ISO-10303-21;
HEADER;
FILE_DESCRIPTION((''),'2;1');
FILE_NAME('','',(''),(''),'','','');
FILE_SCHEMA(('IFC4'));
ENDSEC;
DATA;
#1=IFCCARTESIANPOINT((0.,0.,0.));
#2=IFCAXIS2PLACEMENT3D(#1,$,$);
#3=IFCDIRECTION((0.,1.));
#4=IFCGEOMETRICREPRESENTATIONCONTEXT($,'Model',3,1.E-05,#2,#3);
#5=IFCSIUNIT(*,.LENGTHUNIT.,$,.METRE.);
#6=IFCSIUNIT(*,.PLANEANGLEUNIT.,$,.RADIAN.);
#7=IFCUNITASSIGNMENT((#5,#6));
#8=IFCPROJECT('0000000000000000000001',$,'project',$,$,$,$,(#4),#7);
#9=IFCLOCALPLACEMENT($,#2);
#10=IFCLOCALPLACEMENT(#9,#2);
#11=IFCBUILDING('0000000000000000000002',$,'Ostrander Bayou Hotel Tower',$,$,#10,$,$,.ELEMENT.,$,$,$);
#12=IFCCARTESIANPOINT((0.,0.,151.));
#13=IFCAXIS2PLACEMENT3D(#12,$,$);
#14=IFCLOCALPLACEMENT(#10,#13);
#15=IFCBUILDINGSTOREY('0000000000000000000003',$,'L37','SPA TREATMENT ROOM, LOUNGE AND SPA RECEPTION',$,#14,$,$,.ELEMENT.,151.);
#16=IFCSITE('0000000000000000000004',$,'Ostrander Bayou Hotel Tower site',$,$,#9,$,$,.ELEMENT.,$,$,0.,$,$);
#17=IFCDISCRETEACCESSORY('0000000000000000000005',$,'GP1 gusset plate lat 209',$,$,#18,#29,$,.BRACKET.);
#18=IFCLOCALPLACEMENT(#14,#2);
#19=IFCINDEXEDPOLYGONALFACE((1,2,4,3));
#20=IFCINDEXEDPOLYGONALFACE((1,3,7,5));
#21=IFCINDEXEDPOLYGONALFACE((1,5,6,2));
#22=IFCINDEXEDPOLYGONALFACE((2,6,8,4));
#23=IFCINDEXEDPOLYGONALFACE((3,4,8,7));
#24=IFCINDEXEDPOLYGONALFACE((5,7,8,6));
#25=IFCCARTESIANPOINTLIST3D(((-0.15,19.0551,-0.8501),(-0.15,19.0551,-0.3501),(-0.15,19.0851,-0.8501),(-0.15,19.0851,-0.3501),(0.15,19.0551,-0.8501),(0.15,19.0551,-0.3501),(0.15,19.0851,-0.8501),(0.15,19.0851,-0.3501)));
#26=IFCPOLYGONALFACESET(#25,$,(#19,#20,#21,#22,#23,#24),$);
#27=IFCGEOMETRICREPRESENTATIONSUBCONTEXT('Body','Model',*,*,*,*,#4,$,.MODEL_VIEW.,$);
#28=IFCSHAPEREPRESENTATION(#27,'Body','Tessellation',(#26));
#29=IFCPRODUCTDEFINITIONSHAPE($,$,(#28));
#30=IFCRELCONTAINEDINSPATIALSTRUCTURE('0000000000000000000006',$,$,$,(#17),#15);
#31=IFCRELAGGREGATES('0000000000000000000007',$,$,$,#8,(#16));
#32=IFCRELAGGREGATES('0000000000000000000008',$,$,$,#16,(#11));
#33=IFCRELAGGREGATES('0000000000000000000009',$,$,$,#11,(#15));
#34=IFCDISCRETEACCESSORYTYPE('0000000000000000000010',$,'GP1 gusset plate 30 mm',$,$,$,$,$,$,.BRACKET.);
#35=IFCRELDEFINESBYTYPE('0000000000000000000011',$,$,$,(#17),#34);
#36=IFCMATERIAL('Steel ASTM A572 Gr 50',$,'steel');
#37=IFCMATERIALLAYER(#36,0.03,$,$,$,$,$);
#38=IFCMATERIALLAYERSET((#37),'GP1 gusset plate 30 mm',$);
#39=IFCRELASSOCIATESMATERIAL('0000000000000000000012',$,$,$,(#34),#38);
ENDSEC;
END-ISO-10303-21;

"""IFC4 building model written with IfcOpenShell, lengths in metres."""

from ifc_helpers import new_model, si_unit, direction, frame, origin, origin_2d, place, context, subcontext, project, spatial, rectangle, extrude, material, layer, layer_set, type_object, element, save


model = new_model("IFC4")

# Units and contexts
model_context = context("Model", 3, precision=1e-05, world=origin(), true_north=direction((0.0, 1.0)))
body_context = subcontext(model_context, "Body", "Model", "MODEL_VIEW")
ifc_project = project(units=[si_unit("LENGTHUNIT", "METRE"), si_unit("PLANEANGLEUNIT", "RADIAN")], contexts=[model_context])

# Site, building, storey
site_placement = place(None, origin())
site = spatial("IfcSite", under=ifc_project, at=site_placement, Name="Ostrander Bayou Hotel Tower site", CompositionType="ELEMENT", RefElevation=0.0)
building_placement = place(site_placement, origin())
building = spatial("IfcBuilding", under=site, at=building_placement, Name="Ostrander Bayou Hotel Tower", CompositionType="ELEMENT")
storey_placement = place(building_placement, frame((0.0, 0.0, 151.0)))
storey = spatial("IfcBuildingStorey", under=building, at=storey_placement, Name="L37", Description="SPA TREATMENT ROOM, LOUNGE AND SPA RECEPTION", CompositionType="ELEMENT", Elevation=151.0)

# Discrete accessory
ifc_material_1 = material(Name="Steel ASTM A572 Gr 50", Category="steel")
ifc_layer_1 = layer(ifc_material_1, 0.03)
ifc_layer_set_1 = layer_set([ifc_layer_1], Name="GP1 gusset plate 30 mm")
discrete_accessory_type = type_object("IfcDiscreteAccessoryType", Name="GP1 gusset plate 30 mm", PredefinedType="BRACKET", material=ifc_layer_set_1)
for number, where, z_axis, x_axis, name in (
    (1, (0.0, 19.0701, -0.8501), (0.0, 0.0, 1.0), (-1.0, 0.0, 0.0), "GP1 gusset plate lat 209"),
):
    element("IfcDiscreteAccessory", number, at=place(storey_placement, frame(where, z_axis=z_axis, x_axis=x_axis)), inside=storey, type_object=discrete_accessory_type, Name=name, PredefinedType="BRACKET", context=body_context, shape_type="SweptSolid", body=[
        extrude(rectangle(XDim=0.3, YDim=0.03, at=origin_2d()), origin(), (0.0, 0.0, 1.0), 0.5),
    ])

save(model, "model.ifc")
